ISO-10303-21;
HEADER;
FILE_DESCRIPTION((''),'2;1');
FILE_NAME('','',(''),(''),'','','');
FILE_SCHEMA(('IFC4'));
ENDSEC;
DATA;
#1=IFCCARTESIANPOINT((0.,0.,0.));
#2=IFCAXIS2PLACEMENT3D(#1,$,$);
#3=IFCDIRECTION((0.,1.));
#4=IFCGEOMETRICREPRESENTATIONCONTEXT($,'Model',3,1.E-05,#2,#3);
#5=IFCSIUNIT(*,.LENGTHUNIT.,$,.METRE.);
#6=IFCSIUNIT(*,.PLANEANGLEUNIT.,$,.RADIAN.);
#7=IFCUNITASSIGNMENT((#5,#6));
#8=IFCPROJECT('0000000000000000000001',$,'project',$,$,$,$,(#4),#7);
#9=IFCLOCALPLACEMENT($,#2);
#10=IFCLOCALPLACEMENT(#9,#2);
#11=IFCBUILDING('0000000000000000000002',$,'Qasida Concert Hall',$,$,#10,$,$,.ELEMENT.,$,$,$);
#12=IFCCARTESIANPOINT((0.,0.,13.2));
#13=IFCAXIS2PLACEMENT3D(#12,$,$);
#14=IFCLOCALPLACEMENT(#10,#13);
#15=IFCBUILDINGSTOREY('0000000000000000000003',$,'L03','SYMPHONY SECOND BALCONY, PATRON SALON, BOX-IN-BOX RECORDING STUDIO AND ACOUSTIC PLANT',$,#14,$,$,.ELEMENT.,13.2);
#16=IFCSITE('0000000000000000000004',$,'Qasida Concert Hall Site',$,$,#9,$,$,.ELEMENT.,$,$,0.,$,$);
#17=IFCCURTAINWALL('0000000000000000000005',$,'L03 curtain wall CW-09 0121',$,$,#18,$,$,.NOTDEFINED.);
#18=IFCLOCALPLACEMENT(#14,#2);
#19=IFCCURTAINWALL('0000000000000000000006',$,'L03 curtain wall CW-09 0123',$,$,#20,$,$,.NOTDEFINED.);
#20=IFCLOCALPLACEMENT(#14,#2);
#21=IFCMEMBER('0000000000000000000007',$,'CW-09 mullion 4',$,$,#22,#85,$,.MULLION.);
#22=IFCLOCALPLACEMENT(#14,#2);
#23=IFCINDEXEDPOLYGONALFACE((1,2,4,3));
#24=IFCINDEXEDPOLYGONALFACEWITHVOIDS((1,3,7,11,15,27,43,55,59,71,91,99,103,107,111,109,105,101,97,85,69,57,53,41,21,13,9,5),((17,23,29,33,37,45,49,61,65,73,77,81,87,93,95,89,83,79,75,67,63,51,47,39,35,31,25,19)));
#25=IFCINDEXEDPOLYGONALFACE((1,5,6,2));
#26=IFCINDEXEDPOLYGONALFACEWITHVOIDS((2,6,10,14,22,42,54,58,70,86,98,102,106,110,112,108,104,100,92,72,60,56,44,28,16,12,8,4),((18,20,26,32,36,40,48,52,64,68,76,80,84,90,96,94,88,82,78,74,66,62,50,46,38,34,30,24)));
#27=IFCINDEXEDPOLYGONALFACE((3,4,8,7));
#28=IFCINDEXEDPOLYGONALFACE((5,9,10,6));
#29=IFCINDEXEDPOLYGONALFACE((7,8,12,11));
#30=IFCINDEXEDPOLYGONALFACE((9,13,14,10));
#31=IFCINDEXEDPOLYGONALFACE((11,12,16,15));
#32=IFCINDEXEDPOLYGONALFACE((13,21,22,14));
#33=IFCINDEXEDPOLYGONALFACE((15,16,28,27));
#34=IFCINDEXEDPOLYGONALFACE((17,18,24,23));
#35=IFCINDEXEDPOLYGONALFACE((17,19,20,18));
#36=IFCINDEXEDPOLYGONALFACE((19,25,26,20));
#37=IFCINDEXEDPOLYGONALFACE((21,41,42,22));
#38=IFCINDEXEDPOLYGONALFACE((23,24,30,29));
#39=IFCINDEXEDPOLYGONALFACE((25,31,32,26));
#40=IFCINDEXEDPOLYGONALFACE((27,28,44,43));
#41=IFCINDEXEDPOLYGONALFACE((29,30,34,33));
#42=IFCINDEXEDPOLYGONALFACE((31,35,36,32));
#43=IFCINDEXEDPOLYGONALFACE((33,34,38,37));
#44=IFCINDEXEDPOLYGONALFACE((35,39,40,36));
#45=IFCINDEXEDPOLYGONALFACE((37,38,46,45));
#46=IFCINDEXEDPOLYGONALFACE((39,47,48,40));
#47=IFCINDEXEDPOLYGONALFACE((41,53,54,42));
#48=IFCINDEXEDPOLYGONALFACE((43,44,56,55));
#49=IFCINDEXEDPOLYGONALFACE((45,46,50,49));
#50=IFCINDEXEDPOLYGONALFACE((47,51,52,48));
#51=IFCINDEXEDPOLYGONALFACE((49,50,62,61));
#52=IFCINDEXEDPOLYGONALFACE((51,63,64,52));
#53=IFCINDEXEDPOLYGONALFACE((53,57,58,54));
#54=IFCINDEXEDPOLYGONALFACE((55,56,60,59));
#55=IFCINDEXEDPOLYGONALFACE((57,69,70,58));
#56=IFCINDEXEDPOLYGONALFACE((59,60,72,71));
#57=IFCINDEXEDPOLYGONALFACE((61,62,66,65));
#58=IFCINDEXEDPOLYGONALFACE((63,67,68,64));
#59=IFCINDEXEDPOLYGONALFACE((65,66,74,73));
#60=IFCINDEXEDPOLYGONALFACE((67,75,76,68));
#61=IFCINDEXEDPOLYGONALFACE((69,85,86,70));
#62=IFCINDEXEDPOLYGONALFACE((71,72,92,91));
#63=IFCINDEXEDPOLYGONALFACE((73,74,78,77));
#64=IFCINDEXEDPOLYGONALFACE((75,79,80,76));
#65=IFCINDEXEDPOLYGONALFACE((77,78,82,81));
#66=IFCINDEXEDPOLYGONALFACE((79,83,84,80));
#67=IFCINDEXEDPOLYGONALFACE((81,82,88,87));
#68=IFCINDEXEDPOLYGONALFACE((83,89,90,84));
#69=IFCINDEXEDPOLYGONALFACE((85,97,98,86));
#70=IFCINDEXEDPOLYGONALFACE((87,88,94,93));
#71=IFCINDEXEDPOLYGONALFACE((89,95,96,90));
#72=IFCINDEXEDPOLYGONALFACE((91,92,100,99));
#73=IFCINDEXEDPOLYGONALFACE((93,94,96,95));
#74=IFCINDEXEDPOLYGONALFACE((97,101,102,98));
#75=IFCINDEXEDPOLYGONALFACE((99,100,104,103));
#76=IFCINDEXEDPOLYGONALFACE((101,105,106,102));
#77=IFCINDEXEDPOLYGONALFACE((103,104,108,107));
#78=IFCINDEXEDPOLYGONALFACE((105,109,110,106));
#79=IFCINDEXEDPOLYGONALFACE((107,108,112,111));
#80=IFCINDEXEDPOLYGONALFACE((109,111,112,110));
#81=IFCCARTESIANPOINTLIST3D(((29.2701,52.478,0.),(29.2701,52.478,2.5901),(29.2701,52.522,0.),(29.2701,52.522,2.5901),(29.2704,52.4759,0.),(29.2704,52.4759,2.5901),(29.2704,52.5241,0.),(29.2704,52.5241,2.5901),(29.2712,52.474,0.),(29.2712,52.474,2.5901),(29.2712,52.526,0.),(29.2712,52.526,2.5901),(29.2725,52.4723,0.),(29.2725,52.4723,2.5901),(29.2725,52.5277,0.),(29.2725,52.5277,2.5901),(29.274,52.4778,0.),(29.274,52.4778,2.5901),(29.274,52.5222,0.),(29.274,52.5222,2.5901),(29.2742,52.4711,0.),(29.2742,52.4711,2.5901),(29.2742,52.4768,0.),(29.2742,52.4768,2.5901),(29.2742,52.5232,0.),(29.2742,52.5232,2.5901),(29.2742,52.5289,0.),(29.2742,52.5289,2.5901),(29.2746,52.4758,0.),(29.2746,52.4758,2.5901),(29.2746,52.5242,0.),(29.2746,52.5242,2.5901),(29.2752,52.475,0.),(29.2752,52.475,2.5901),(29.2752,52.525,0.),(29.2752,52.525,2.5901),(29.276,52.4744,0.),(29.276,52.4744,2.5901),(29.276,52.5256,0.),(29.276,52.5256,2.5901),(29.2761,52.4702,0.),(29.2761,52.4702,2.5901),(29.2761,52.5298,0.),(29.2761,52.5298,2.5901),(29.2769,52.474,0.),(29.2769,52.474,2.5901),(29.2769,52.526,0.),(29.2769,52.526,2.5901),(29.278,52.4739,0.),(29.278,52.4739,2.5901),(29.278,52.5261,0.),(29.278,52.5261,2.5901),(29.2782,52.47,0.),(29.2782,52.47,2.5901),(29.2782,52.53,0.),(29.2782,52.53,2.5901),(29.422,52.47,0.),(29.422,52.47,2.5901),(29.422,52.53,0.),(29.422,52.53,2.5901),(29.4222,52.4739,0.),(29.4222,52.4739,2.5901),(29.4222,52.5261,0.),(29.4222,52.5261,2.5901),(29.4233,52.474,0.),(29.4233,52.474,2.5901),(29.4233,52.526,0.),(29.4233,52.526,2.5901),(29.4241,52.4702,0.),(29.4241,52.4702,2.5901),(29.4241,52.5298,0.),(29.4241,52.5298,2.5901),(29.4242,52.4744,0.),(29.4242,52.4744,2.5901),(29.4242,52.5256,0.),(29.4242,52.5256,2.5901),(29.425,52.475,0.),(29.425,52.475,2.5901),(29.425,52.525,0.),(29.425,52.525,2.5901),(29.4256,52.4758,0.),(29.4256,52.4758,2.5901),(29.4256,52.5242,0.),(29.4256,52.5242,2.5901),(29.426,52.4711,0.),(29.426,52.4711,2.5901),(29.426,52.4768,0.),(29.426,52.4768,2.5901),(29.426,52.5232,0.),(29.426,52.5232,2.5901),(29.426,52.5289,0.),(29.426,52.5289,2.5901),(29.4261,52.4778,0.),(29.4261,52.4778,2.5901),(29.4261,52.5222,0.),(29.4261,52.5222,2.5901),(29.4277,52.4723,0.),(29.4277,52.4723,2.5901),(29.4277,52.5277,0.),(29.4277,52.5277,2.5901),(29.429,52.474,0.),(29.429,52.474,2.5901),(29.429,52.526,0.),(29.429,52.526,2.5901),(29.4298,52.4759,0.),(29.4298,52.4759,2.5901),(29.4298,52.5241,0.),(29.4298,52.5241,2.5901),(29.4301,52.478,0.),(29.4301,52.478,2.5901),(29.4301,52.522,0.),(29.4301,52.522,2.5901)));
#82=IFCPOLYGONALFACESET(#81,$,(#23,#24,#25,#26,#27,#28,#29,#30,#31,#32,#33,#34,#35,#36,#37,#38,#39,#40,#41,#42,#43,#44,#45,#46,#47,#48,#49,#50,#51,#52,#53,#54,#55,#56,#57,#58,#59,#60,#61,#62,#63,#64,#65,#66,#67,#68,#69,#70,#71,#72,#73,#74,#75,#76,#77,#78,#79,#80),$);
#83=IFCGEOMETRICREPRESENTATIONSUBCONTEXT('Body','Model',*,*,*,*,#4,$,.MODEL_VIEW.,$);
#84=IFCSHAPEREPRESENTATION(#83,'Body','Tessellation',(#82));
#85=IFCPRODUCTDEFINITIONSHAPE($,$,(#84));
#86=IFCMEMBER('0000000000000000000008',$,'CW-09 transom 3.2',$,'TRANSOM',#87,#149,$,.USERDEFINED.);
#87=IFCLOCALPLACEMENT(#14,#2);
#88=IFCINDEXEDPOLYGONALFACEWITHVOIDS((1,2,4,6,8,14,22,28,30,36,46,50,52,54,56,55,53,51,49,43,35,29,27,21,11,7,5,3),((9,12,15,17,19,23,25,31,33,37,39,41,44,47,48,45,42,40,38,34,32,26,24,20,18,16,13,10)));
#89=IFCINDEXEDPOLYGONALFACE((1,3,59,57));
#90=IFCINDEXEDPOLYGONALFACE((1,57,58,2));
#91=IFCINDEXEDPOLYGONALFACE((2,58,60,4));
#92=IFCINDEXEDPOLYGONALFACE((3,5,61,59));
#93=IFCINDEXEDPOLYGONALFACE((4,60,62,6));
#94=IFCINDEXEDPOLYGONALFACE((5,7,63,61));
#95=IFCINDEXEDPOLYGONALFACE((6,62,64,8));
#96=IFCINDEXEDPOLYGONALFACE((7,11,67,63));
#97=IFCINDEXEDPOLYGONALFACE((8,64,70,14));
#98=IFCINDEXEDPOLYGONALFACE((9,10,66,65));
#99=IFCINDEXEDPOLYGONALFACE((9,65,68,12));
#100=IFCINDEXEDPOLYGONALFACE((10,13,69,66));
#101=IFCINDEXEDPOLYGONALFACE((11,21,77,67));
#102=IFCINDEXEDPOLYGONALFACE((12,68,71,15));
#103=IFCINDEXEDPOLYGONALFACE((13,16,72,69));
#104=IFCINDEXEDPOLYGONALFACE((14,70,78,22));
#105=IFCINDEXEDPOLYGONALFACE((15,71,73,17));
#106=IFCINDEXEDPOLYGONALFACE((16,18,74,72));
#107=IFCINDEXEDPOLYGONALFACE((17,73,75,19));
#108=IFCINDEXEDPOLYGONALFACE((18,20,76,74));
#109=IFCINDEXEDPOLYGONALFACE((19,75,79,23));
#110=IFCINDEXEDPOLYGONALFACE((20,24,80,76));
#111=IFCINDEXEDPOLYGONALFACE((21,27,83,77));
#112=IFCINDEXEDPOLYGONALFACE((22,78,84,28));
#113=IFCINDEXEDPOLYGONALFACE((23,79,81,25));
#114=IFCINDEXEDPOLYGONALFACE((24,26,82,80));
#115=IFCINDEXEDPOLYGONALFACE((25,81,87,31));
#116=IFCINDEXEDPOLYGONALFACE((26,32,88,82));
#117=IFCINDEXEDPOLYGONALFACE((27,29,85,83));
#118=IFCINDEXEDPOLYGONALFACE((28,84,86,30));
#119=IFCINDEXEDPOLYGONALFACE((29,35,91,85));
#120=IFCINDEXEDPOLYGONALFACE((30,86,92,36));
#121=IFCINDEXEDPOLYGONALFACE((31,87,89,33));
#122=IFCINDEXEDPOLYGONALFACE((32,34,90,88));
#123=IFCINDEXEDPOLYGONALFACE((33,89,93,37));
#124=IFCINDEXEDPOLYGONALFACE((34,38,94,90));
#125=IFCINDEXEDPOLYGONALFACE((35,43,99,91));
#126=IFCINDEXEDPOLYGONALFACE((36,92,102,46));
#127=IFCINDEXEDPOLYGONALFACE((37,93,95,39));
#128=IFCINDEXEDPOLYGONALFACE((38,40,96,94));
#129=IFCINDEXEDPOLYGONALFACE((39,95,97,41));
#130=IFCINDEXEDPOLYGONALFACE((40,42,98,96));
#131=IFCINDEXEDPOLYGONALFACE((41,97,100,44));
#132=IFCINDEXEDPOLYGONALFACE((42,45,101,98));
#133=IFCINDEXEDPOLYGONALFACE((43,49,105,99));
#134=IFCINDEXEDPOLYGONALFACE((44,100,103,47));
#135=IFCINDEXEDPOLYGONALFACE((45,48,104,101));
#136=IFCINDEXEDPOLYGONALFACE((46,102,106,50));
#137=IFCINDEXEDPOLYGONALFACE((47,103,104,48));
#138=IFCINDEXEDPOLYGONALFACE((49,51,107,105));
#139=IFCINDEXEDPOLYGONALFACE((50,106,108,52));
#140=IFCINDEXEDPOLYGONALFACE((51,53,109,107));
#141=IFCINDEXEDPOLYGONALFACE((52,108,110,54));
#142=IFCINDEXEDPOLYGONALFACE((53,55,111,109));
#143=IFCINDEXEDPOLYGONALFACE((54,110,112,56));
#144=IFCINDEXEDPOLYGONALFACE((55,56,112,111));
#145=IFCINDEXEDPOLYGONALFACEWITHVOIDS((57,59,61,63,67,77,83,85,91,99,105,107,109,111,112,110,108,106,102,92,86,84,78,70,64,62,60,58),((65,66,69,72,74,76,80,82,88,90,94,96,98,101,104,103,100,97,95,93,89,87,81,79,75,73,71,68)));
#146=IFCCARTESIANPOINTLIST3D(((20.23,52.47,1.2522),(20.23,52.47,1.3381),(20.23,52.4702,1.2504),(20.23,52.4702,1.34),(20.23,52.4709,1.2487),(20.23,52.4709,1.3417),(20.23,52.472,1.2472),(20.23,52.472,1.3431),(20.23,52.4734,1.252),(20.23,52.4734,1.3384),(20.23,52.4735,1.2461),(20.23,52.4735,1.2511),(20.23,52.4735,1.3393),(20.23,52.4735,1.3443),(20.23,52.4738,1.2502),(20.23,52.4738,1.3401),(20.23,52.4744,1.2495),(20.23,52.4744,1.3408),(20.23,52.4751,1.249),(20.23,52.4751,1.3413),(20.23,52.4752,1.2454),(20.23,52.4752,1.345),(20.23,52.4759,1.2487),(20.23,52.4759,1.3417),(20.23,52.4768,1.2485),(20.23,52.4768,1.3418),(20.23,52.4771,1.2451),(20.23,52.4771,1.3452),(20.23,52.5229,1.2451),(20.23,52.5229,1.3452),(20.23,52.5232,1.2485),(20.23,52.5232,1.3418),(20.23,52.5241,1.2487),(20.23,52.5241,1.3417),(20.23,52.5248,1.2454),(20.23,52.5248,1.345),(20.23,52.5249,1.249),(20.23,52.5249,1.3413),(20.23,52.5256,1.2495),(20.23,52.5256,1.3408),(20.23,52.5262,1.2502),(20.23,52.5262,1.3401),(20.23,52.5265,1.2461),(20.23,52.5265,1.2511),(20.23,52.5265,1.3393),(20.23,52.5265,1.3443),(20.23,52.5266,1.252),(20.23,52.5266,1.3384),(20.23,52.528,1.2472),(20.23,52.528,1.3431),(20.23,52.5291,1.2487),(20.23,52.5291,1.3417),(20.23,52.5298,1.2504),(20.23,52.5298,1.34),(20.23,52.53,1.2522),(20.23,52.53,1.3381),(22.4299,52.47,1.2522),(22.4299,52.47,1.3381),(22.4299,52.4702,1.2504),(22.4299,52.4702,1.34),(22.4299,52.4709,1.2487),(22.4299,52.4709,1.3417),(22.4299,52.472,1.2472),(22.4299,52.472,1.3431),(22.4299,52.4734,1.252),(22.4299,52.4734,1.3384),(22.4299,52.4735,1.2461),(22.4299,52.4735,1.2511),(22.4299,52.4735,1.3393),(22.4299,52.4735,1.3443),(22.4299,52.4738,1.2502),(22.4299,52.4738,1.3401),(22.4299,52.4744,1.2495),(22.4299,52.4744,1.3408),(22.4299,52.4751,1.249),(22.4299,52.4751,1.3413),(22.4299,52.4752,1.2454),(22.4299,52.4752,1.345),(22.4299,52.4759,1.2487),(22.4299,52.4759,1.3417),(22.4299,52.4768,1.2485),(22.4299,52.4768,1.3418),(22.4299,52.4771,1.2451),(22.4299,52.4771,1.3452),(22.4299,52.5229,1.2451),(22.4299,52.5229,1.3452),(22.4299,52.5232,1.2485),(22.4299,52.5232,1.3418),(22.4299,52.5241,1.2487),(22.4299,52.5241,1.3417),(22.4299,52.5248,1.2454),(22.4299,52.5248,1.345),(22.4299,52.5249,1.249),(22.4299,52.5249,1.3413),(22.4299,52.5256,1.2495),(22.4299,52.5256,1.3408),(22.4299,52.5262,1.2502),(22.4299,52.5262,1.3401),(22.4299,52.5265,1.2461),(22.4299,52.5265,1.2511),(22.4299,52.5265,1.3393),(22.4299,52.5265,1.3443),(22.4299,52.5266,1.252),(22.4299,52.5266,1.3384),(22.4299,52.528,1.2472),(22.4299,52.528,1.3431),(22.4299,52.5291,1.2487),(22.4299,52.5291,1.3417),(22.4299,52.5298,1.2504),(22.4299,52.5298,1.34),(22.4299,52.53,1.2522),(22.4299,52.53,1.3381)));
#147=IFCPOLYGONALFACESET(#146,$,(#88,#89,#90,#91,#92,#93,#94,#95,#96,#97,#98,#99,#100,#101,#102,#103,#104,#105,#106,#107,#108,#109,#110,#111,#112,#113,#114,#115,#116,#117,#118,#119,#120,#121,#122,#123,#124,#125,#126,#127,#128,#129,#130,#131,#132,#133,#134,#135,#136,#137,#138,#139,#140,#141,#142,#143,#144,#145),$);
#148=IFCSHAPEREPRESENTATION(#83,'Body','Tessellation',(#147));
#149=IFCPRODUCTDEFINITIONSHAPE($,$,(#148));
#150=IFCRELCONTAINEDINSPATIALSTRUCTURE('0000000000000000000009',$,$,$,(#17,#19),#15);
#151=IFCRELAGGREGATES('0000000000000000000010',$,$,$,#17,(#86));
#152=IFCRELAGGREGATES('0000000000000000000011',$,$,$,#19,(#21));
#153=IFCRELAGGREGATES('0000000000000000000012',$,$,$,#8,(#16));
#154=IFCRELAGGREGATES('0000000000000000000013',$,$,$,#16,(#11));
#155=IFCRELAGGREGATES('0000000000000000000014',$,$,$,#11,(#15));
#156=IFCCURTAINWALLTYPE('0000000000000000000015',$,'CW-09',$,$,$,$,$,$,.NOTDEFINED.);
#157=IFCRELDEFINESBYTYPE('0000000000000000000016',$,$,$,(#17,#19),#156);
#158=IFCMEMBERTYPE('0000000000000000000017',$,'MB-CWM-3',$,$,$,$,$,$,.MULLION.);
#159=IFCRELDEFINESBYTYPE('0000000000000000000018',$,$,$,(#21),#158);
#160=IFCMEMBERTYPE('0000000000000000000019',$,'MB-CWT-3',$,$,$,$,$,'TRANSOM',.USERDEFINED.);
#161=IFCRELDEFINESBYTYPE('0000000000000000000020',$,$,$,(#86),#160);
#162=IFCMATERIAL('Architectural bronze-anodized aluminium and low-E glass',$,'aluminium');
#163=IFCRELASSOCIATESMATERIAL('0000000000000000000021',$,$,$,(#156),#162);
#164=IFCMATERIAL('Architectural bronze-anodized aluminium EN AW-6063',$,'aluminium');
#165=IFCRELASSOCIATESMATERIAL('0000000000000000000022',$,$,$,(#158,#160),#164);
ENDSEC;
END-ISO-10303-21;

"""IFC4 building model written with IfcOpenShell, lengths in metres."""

from ifc_helpers import new_model, si_unit, direction, frame, origin, origin_2d, place, context, subcontext, project, spatial, hollow_rectangle, extrude, material, material_profile, profile_set, type_object, element, aggregate, save


model = new_model("IFC4")

# Units and contexts
model_context = context("Model", 3, precision=1e-05, world=origin(), true_north=direction((0.0, 1.0)))
body_context = subcontext(model_context, "Body", "Model", "MODEL_VIEW")
ifc_project = project(units=[si_unit("LENGTHUNIT", "METRE"), si_unit("PLANEANGLEUNIT", "RADIAN")], contexts=[model_context])

# Site, building, storey
site_placement = place(None, origin())
site = spatial("IfcSite", under=ifc_project, at=site_placement, Name="Qasida Concert Hall Site", CompositionType="ELEMENT", RefElevation=0.0)
building_placement = place(site_placement, origin())
building = spatial("IfcBuilding", under=site, at=building_placement, Name="Qasida Concert Hall", CompositionType="ELEMENT")
storey_placement = place(building_placement, frame((0.0, 0.0, 13.2)))
storey = spatial("IfcBuildingStorey", under=building, at=storey_placement, Name="L03", Description="SYMPHONY SECOND BALCONY, PATRON SALON, BOX-IN-BOX RECORDING STUDIO AND ACOUSTIC PLANT", CompositionType="ELEMENT", Elevation=13.2)

# Curtain wall
ifc_material_1 = material(Name="Architectural bronze-anodized aluminium and low-E glass", Category="aluminium")
curtain_wall_type = type_object("IfcCurtainWallType", Name="CW-09", PredefinedType="NOTDEFINED", material=ifc_material_1)
curtain_wall_1_placement = place(storey_placement, origin())
curtain_wall_1 = element("IfcCurtainWall", 1, at=curtain_wall_1_placement, inside=storey, type_object=curtain_wall_type, Name="L03 curtain wall CW-09 0121", PredefinedType="NOTDEFINED")
ifc_material_2 = material(Name="Architectural bronze-anodized aluminium EN AW-6063", Category="aluminium")
ifc_material_profile_1 = material_profile(ifc_material_2, hollow_rectangle(XDim=0.0601, YDim=0.1599, WallThickness=0.0039, InnerFilletRadius=0.0039, OuterFilletRadius=0.0081, at=origin_2d()), Name="CWM 160x60x4")
ifc_profile_set_1 = profile_set([ifc_material_profile_1], Name="Architectural bronze-anodized aluminium EN AW-6063")
member_type_1 = type_object("IfcMemberType", Name="MB-CWM-3", PredefinedType="MULLION", material=ifc_profile_set_1)

# Curtain wall, member
curtain_wall_2_placement = place(storey_placement, origin())
curtain_wall_2 = element("IfcCurtainWall", 2, at=curtain_wall_2_placement, inside=storey, type_object=curtain_wall_type, Name="L03 curtain wall CW-09 0123", PredefinedType="NOTDEFINED")
member_1_placement = place(storey_placement, frame((29.3501, 52.5, 0.0), z_axis=(0.0, 0.0, 1.0), x_axis=(0.0, 1.0, 0.0)))
member_1 = element("IfcMember", 3, at=member_1_placement, type_object=member_type_1, Name="CW-09 mullion 4", PredefinedType="MULLION", context=body_context, shape_type="SweptSolid", body=[
    extrude(hollow_rectangle(XDim=0.0601, YDim=0.1599, WallThickness=0.0039, InnerFilletRadius=0.0039, OuterFilletRadius=0.0081, at=origin_2d()), origin(), (0.0, 0.0, 1.0), 2.5901),
])

# Member
ifc_material_profile_2 = material_profile(ifc_material_2, hollow_rectangle(XDim=0.0601, YDim=0.1001, WallThickness=0.0034, InnerFilletRadius=0.0034, OuterFilletRadius=0.0071, at=origin_2d()), Name="CWT 100x60x3.5")
ifc_profile_set_2 = profile_set([ifc_material_profile_2], Name="Architectural bronze-anodized aluminium EN AW-6063")
member_type_2 = type_object("IfcMemberType", Name="MB-CWT-3", ElementType="TRANSOM", PredefinedType="USERDEFINED", material=ifc_profile_set_2)
member_2_placement = place(storey_placement, frame((20.23, 52.5, 1.2952), z_axis=(1.0, 0.0, 0.0), x_axis=(0.0, 1.0, 0.0)))
member_2 = element("IfcMember", 4, at=member_2_placement, type_object=member_type_2, Name="CW-09 transom 3.2", ObjectType="TRANSOM", PredefinedType="USERDEFINED", context=body_context, shape_type="SweptSolid", body=[
    extrude(hollow_rectangle(XDim=0.0601, YDim=0.1001, WallThickness=0.0034, InnerFilletRadius=0.0034, OuterFilletRadius=0.0071, at=origin_2d()), origin(), (0.0, 0.0, 1.0), 2.2),
])

aggregate(curtain_wall_1, [member_2])
aggregate(curtain_wall_2, [member_1])

save(model, "model.ifc")
